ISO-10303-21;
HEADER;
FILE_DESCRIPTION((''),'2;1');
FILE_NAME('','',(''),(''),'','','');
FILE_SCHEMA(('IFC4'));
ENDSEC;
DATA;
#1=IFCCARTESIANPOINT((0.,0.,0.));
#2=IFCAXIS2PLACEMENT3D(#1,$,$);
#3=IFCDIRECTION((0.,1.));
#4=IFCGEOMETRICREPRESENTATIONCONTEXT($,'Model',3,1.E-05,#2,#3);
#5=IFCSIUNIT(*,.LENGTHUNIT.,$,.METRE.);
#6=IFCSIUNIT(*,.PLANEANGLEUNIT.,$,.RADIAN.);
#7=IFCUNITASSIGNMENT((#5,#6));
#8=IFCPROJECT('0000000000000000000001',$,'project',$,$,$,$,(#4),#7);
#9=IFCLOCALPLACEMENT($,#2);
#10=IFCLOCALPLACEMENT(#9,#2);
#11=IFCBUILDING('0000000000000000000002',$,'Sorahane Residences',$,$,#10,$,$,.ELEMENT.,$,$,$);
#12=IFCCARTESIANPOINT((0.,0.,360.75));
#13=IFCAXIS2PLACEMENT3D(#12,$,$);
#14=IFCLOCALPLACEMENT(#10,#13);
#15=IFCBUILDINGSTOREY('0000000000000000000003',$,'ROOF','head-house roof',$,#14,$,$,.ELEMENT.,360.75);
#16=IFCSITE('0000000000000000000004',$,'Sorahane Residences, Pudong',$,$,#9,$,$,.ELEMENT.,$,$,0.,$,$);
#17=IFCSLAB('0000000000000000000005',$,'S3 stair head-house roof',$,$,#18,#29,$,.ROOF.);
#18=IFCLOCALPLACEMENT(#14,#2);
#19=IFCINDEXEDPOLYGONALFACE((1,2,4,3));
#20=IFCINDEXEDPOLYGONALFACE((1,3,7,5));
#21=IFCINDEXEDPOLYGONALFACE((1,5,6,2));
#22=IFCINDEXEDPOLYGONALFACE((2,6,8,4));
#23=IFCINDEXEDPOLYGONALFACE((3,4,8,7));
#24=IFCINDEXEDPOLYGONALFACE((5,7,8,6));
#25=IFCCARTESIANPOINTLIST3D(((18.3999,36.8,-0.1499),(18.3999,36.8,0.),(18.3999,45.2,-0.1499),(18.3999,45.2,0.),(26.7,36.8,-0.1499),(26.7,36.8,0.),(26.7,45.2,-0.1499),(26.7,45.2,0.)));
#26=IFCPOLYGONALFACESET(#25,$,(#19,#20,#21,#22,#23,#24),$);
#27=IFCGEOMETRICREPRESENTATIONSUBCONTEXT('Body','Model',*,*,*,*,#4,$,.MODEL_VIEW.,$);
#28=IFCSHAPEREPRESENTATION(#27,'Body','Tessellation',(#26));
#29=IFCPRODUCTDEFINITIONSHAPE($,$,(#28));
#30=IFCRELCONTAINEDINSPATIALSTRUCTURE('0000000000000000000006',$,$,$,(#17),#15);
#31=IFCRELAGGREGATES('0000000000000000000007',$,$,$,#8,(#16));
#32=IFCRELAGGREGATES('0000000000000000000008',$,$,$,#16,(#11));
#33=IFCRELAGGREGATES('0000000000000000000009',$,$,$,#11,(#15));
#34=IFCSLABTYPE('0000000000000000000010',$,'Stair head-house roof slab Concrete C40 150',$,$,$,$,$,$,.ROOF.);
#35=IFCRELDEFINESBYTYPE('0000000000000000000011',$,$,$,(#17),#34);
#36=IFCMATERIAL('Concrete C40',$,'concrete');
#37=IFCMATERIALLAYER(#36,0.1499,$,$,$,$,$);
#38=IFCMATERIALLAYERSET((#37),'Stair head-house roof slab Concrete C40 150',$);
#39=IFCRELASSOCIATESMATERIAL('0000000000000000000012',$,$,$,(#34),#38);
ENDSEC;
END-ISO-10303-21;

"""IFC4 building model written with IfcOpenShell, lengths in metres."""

from ifc_helpers import new_model, si_unit, direction, frame, origin, place, context, subcontext, project, spatial, polyline, outline, extrude, material, layer, layer_set, type_object, element, save


model = new_model("IFC4")

# Units and contexts
model_context = context("Model", 3, precision=1e-05, world=origin(), true_north=direction((0.0, 1.0)))
body_context = subcontext(model_context, "Body", "Model", "MODEL_VIEW")
ifc_project = project(units=[si_unit("LENGTHUNIT", "METRE"), si_unit("PLANEANGLEUNIT", "RADIAN")], contexts=[model_context])

# Site, building, storey
site_placement = place(None, origin())
site = spatial("IfcSite", under=ifc_project, at=site_placement, Name="Sorahane Residences, Pudong", CompositionType="ELEMENT", RefElevation=0.0)
building_placement = place(site_placement, origin())
building = spatial("IfcBuilding", under=site, at=building_placement, Name="Sorahane Residences", CompositionType="ELEMENT")
storey_placement = place(building_placement, frame((0.0, 0.0, 360.75)))
storey = spatial("IfcBuildingStorey", under=building, at=storey_placement, Name="ROOF", Description="head-house roof", CompositionType="ELEMENT", Elevation=360.75)

# Slab
ifc_material = material(Name="Concrete C40", Category="concrete")
ifc_layer = layer(ifc_material, 0.1499)
ifc_layer_set = layer_set([ifc_layer], Name="Stair head-house roof slab Concrete C40 150")
slab_type = type_object("IfcSlabType", Name="Stair head-house roof slab Concrete C40 150", PredefinedType="ROOF", material=ifc_layer_set)
slab_placement = place(storey_placement, frame((0.0, 0.0, -0.1499)))
element("IfcSlab", 1, at=slab_placement, inside=storey, type_object=slab_type, Name="S3 stair head-house roof", PredefinedType="ROOF", context=body_context, shape_type="SweptSolid", body=[
    extrude(outline(polyline([(18.3999, 36.8), (26.7, 36.8), (26.7, 45.2), (18.3999, 45.2), (18.3999, 36.8)])), origin(), (0.0, 0.0, 1.0), 0.1499),
])

save(model, "model.ifc")
